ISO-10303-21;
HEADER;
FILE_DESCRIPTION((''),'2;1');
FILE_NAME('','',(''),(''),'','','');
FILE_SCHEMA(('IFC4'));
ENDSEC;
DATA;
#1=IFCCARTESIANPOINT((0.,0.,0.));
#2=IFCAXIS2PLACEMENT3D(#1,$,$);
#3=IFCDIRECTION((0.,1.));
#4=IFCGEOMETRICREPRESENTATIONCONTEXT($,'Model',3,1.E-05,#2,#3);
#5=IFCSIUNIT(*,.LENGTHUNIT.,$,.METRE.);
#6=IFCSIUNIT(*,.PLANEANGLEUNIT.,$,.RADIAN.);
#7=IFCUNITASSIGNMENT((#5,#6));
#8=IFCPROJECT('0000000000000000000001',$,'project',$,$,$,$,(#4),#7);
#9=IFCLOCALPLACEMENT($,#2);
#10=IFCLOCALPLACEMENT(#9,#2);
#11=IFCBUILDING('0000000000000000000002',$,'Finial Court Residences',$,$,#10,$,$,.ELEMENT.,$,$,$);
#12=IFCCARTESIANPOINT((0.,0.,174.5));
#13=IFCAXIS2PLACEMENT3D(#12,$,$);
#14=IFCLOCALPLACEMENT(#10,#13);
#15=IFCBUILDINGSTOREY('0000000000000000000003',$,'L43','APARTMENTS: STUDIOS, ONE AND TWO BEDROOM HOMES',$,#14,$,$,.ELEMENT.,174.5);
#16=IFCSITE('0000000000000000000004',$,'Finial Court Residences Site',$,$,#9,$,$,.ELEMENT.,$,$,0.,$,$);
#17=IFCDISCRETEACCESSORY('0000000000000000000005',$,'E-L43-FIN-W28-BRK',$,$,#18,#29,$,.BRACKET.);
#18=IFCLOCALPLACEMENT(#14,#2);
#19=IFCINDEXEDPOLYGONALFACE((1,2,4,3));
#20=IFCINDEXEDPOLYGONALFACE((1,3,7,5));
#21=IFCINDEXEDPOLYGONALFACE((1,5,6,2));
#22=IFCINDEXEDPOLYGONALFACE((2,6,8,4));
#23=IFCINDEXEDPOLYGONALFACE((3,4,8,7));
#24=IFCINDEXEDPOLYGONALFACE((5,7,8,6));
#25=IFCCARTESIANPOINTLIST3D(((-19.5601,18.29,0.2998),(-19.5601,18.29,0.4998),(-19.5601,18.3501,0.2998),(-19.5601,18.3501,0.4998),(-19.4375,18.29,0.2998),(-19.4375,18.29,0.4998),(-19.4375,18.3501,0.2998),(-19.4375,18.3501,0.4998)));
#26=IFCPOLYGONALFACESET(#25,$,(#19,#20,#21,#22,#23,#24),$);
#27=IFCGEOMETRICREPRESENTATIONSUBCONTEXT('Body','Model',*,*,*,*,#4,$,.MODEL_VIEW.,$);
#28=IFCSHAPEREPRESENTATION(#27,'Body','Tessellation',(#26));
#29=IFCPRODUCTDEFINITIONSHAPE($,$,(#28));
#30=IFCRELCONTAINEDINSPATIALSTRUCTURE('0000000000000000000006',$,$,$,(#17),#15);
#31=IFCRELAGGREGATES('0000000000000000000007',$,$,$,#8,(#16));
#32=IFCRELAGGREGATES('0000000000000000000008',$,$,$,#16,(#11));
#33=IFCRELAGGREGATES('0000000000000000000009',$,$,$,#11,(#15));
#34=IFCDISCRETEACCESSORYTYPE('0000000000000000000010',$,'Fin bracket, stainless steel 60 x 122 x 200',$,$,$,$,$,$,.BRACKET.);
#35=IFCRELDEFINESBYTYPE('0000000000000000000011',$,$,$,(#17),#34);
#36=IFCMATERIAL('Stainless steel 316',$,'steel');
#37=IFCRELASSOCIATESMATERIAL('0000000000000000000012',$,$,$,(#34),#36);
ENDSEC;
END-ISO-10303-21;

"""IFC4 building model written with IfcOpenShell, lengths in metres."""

from ifc_helpers import new_model, si_unit, direction, frame, origin, origin_2d, place, context, subcontext, project, spatial, rectangle, extrude, material, type_object, element, save


model = new_model("IFC4")

# Units and contexts
model_context = context("Model", 3, precision=1e-05, world=origin(), true_north=direction((0.0, 1.0)))
body_context = subcontext(model_context, "Body", "Model", "MODEL_VIEW")
ifc_project = project(units=[si_unit("LENGTHUNIT", "METRE"), si_unit("PLANEANGLEUNIT", "RADIAN")], contexts=[model_context])

# Site, building, storey
site_placement = place(None, origin())
site = spatial("IfcSite", under=ifc_project, at=site_placement, Name="Finial Court Residences Site", CompositionType="ELEMENT", RefElevation=0.0)
building_placement = place(site_placement, origin())
building = spatial("IfcBuilding", under=site, at=building_placement, Name="Finial Court Residences", CompositionType="ELEMENT")
storey_placement = place(building_placement, frame((0.0, 0.0, 174.5)))
storey = spatial("IfcBuildingStorey", under=building, at=storey_placement, Name="L43", Description="APARTMENTS: STUDIOS, ONE AND TWO BEDROOM HOMES", CompositionType="ELEMENT", Elevation=174.5)

# Discrete accessory
ifc_material_1 = material(Name="Stainless steel 316", Category="steel")
discrete_accessory_type = type_object("IfcDiscreteAccessoryType", Name="Fin bracket, stainless steel 60 x 122 x 200", PredefinedType="BRACKET", material=ifc_material_1)
discrete_accessory_1_placement = place(storey_placement, frame((-19.4988, 18.3201, 0.2998), z_axis=(0.0, 0.0, 1.0), x_axis=(1.0, 0.0, 0.0)))
element("IfcDiscreteAccessory", 1, at=discrete_accessory_1_placement, inside=storey, type_object=discrete_accessory_type, Name="E-L43-FIN-W28-BRK", PredefinedType="BRACKET", context=body_context, shape_type="SweptSolid", body=[
    extrude(rectangle(XDim=0.1226, YDim=0.0601, at=origin_2d()), origin(), (0.0, 0.0, 1.0), 0.2),
])

save(model, "model.ifc")
